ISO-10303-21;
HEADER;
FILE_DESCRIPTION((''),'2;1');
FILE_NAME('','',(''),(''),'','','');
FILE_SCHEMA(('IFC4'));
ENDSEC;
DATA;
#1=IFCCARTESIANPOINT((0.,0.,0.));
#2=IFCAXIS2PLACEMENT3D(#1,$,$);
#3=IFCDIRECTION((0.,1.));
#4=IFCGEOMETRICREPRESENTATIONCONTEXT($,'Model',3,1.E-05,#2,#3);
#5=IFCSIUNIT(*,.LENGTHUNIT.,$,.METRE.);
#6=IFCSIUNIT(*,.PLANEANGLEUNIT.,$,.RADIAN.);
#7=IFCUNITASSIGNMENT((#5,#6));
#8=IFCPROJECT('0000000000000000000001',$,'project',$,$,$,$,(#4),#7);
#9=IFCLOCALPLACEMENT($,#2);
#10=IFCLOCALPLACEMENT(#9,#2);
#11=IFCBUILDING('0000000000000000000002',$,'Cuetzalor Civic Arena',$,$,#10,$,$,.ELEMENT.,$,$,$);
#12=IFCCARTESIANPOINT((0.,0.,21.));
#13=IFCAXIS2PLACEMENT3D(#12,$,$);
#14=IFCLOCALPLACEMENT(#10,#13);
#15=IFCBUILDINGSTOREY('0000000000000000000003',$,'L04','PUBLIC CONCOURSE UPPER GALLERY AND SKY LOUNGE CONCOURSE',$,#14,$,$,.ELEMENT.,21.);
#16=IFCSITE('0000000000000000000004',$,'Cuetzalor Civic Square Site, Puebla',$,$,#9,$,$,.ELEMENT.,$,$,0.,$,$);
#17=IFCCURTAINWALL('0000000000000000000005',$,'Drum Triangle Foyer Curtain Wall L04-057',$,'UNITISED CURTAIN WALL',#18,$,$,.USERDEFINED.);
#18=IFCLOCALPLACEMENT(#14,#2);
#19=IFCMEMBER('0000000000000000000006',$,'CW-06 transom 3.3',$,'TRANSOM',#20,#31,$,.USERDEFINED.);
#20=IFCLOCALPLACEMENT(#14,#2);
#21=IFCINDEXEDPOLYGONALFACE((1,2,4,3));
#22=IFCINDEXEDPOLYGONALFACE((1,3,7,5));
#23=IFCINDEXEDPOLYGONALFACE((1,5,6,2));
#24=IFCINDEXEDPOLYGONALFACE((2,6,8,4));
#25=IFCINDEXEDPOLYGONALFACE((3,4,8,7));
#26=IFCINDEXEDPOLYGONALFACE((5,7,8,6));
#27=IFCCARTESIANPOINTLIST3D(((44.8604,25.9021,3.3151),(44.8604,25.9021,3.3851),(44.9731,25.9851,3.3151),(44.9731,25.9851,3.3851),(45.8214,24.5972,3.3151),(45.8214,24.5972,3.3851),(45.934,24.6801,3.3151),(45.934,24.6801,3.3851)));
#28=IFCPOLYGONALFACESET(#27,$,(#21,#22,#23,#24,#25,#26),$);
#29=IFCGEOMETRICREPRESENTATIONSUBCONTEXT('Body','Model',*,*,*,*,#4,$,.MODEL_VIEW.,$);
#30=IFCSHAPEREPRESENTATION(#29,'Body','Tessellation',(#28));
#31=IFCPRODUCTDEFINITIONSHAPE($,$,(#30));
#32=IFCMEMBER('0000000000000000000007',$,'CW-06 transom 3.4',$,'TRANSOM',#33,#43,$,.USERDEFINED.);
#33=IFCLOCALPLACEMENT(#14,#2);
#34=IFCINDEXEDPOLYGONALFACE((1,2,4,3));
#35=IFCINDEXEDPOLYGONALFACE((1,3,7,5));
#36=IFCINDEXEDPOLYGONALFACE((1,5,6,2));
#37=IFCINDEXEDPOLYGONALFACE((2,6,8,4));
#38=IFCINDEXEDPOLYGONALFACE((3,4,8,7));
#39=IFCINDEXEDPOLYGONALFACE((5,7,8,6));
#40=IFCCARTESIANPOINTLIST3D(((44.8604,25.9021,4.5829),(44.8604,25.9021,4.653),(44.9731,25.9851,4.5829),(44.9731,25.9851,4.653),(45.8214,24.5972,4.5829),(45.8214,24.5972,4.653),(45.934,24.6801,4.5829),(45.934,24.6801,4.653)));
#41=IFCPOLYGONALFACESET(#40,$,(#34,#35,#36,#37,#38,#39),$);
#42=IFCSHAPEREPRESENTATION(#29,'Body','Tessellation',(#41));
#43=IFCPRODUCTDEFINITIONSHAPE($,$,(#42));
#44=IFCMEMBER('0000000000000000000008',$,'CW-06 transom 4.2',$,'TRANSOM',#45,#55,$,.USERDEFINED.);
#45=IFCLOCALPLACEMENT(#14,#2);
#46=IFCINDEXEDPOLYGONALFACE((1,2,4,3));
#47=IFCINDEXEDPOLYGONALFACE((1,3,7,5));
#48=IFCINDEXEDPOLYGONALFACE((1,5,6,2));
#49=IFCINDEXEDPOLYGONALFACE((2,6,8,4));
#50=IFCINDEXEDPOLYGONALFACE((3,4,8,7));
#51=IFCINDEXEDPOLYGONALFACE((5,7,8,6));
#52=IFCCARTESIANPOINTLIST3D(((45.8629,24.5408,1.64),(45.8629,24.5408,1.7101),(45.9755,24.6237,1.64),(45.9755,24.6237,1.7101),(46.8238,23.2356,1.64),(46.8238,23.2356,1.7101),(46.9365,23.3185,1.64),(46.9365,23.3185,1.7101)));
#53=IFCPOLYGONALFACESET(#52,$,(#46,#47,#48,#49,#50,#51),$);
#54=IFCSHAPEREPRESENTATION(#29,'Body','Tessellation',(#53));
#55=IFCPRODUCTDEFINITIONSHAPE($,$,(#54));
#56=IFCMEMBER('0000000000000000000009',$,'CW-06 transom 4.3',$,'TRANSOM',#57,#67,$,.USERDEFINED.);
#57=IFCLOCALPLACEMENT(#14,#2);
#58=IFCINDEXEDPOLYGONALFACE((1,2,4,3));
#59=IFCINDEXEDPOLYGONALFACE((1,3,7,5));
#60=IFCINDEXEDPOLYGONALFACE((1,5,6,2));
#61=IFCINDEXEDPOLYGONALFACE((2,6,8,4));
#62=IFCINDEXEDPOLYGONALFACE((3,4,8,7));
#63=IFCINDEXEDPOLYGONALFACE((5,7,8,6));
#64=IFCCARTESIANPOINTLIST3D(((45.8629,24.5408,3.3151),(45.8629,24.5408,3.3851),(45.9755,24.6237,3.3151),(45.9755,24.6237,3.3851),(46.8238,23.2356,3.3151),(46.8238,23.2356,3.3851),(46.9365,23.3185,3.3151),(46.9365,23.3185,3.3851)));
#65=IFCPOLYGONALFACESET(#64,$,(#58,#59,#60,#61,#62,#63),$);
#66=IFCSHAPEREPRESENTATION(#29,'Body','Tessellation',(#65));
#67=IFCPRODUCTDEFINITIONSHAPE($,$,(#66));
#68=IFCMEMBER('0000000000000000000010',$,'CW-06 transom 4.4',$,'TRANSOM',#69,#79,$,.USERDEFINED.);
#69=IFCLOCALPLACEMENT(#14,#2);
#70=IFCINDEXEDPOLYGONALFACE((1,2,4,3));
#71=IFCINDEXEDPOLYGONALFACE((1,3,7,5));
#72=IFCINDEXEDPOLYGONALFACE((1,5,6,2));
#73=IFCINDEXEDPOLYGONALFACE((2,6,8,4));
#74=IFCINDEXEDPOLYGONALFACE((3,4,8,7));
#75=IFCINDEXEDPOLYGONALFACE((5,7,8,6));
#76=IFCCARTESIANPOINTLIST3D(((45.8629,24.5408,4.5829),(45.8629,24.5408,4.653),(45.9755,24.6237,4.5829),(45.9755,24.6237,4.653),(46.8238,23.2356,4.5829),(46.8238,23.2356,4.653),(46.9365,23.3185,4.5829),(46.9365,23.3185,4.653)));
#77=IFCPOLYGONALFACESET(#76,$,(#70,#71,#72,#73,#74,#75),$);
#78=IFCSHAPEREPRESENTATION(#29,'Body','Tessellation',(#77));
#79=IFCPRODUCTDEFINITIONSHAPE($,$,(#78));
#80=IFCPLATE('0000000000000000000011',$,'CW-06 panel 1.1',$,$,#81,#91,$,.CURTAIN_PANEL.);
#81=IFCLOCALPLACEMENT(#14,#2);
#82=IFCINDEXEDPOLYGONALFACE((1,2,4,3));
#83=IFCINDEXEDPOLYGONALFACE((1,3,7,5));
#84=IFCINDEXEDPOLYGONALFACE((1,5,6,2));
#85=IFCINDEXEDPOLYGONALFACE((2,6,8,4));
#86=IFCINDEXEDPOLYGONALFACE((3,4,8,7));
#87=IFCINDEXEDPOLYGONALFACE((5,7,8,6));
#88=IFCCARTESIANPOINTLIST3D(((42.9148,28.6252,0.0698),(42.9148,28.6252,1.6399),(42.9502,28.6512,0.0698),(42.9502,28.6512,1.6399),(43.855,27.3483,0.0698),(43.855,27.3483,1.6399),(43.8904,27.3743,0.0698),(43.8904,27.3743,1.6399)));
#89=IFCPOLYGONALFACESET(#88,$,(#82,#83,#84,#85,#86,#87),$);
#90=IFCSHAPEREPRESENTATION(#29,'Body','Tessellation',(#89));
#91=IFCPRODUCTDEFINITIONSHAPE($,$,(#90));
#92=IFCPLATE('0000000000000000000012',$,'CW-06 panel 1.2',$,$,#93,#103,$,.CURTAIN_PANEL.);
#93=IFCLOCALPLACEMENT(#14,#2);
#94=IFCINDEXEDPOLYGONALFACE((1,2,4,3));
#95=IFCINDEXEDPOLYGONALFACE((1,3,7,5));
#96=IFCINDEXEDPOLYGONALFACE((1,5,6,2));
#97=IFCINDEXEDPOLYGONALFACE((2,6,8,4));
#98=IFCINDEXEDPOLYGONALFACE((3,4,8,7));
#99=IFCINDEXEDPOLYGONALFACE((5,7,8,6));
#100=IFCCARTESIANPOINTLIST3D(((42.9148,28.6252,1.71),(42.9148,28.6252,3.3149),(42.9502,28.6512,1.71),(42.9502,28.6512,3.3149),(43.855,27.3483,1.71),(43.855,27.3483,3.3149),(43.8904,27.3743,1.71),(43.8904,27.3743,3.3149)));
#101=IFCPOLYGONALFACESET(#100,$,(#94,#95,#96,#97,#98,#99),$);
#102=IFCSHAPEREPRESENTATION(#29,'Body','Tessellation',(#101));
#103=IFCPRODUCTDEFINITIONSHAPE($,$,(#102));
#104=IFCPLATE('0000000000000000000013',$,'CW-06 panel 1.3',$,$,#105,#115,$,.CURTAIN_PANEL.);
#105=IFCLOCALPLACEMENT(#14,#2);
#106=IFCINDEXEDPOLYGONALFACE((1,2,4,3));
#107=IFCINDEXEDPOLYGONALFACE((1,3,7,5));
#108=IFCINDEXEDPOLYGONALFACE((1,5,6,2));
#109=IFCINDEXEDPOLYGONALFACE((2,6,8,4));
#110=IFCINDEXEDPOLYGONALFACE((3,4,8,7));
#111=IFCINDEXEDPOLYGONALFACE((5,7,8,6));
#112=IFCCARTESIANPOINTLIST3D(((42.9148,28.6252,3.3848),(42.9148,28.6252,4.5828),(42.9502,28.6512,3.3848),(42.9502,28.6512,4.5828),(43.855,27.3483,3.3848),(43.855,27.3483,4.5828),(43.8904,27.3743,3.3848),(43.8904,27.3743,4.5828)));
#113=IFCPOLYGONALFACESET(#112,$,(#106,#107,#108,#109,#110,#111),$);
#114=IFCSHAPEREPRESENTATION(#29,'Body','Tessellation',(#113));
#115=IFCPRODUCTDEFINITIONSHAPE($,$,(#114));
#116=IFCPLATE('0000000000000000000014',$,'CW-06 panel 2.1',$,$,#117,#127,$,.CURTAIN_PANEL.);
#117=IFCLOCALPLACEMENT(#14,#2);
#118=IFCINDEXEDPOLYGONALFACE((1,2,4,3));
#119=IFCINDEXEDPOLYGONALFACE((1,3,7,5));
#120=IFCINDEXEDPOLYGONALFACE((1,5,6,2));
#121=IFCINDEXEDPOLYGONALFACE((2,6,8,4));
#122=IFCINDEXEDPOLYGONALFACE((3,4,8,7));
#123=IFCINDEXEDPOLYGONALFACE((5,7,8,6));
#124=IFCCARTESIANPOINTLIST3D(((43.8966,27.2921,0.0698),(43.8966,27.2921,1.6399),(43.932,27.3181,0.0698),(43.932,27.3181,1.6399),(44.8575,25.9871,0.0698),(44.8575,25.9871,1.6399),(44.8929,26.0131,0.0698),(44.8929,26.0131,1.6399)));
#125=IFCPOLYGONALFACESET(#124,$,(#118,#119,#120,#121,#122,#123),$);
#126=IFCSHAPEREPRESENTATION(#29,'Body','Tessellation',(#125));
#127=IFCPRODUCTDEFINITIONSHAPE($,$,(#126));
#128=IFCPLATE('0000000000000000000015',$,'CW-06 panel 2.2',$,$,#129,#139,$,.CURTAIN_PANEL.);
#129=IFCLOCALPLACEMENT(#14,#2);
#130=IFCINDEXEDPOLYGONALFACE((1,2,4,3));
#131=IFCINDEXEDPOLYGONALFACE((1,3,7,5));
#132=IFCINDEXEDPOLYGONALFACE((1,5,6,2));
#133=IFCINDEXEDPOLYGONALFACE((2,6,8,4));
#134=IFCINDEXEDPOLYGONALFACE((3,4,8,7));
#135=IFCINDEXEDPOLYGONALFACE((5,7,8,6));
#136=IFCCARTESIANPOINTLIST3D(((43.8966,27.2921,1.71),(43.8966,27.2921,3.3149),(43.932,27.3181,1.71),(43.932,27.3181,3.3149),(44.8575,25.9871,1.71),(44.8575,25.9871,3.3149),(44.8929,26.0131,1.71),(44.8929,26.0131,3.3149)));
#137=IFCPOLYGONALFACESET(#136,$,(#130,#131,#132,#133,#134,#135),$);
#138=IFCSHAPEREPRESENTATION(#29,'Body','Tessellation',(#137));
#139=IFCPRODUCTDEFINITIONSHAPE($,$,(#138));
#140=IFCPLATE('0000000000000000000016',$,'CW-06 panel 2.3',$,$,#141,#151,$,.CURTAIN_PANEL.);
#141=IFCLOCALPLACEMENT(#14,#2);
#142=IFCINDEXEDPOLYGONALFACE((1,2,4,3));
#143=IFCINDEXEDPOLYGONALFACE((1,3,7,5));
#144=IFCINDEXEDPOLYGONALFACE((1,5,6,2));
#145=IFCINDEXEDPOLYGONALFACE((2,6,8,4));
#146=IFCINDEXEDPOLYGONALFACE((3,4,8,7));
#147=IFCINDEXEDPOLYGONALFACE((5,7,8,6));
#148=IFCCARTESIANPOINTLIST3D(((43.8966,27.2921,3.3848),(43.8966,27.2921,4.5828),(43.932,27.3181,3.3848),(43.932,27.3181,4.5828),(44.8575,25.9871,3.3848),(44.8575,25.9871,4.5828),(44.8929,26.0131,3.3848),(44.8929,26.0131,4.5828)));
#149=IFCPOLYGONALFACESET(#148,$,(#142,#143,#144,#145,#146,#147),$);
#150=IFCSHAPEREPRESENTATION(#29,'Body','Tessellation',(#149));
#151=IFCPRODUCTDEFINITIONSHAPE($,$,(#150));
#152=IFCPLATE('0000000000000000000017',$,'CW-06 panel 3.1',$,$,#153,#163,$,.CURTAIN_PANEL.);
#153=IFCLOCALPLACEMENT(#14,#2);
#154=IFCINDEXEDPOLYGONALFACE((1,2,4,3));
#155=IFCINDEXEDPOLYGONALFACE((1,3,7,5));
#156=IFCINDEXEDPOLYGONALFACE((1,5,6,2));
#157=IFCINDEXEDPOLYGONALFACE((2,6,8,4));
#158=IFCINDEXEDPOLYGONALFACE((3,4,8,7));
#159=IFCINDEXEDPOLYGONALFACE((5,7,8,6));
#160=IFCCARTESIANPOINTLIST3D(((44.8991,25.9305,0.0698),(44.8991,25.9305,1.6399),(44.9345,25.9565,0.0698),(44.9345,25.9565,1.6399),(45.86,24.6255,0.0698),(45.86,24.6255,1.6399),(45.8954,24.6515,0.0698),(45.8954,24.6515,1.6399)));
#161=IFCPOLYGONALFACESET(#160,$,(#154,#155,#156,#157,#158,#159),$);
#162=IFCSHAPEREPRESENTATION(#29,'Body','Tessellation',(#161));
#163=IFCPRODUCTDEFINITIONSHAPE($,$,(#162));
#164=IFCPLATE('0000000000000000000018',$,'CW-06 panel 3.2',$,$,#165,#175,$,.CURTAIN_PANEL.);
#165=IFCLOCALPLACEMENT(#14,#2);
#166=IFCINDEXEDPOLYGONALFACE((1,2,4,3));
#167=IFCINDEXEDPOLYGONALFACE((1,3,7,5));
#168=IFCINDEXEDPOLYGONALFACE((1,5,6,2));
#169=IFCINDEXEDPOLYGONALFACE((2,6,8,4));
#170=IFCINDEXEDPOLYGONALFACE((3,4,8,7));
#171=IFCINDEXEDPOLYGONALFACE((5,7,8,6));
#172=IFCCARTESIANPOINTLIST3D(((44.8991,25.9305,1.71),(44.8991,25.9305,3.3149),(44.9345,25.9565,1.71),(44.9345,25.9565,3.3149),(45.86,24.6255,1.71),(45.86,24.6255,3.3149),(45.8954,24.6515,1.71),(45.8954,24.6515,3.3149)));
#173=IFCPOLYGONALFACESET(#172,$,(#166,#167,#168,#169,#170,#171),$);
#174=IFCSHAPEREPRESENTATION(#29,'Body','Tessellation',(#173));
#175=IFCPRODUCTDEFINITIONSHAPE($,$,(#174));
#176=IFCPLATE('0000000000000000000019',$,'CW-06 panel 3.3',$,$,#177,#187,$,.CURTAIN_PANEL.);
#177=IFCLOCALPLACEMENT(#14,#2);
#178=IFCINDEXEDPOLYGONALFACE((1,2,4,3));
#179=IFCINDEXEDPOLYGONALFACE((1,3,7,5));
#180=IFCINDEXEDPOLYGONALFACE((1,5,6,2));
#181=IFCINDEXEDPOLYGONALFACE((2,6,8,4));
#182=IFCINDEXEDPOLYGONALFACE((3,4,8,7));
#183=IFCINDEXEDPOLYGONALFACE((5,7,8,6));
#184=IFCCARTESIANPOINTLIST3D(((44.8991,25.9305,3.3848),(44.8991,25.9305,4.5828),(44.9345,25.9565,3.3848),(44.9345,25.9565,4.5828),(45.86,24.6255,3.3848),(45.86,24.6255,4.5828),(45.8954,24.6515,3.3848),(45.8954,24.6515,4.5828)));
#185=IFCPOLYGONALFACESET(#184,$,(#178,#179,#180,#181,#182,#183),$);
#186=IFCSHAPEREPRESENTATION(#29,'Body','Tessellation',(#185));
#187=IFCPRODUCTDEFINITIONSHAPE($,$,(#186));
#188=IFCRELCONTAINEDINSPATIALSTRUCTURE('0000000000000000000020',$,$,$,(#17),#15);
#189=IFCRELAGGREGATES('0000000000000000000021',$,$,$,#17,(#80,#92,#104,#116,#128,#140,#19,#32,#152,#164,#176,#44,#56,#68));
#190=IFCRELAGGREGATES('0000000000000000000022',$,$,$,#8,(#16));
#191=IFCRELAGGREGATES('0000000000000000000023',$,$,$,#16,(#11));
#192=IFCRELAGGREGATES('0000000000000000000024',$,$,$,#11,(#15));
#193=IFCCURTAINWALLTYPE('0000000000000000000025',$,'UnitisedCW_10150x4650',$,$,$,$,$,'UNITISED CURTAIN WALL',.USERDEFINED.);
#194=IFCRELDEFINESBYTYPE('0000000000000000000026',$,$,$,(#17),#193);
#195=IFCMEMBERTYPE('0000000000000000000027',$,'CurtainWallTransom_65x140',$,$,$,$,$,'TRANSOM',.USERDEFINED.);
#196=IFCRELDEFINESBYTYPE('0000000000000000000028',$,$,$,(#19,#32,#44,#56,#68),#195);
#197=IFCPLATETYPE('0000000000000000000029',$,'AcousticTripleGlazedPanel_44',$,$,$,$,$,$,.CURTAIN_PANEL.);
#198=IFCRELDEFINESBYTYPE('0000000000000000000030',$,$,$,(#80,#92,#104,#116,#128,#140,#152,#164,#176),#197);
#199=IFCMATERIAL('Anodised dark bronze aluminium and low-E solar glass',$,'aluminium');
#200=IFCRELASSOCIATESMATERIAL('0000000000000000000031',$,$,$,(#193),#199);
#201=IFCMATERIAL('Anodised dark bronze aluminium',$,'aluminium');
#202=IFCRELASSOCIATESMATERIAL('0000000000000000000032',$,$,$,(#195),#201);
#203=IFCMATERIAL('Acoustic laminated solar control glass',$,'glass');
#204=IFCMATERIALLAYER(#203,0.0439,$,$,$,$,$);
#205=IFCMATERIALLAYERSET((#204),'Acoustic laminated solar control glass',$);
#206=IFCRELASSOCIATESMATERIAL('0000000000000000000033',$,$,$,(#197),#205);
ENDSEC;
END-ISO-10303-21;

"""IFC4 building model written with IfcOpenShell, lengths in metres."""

from ifc_helpers import new_model, si_unit, direction, frame, origin, origin_2d, place, context, subcontext, project, spatial, rectangle, extrude, material, layer, layer_set, material_profile, profile_set, type_object, element, aggregate, save


model = new_model("IFC4")

# Units and contexts
model_context = context("Model", 3, precision=1e-05, world=origin(), true_north=direction((0.0, 1.0)))
body_context = subcontext(model_context, "Body", "Model", "MODEL_VIEW")
ifc_project = project(units=[si_unit("LENGTHUNIT", "METRE"), si_unit("PLANEANGLEUNIT", "RADIAN")], contexts=[model_context])

# Site, building, storey
site_placement = place(None, origin())
site = spatial("IfcSite", under=ifc_project, at=site_placement, Name="Cuetzalor Civic Square Site, Puebla", CompositionType="ELEMENT", RefElevation=0.0)
building_placement = place(site_placement, origin())
building = spatial("IfcBuilding", under=site, at=building_placement, Name="Cuetzalor Civic Arena", CompositionType="ELEMENT")
storey_placement = place(building_placement, frame((0.0, 0.0, 21.0)))
storey = spatial("IfcBuildingStorey", under=building, at=storey_placement, Name="L04", Description="PUBLIC CONCOURSE UPPER GALLERY AND SKY LOUNGE CONCOURSE", CompositionType="ELEMENT", Elevation=21.0)

# Curtain wall, members, plates
ifc_material_1 = material(Name="Anodised dark bronze aluminium and low-E solar glass", Category="aluminium")
curtain_wall_type = type_object("IfcCurtainWallType", Name="UnitisedCW_10150x4650", ElementType="UNITISED CURTAIN WALL", PredefinedType="USERDEFINED", material=ifc_material_1)
curtain_wall_placement = place(storey_placement, origin())
curtain_wall = element("IfcCurtainWall", 1, at=curtain_wall_placement, inside=storey, type_object=curtain_wall_type, Name="Drum Triangle Foyer Curtain Wall L04-057", ObjectType="UNITISED CURTAIN WALL", PredefinedType="USERDEFINED")
ifc_material_2 = material(Name="Anodised dark bronze aluminium", Category="aluminium")
ifc_material_profile_1 = material_profile(ifc_material_2, rectangle(XDim=0.1399, YDim=0.0701, at=origin_2d()), Name="ALU TRANSOM 70x140")
ifc_profile_set_1 = profile_set([ifc_material_profile_1], Name="Anodised dark bronze aluminium")
member_type_1 = type_object("IfcMemberType", Name="CurtainWallTransom_65x140", ElementType="TRANSOM", PredefinedType="USERDEFINED", material=ifc_profile_set_1)
member_1_placement = place(storey_placement, frame((44.9167, 25.9436, 3.3501), z_axis=(0.592963, -0.80523, 0.0), x_axis=(0.80523, 0.592963, 0.0)))
member_1 = element("IfcMember", 2, at=member_1_placement, type_object=member_type_1, Name="CW-06 transom 3.3", ObjectType="TRANSOM", PredefinedType="USERDEFINED", context=body_context, shape_type="SweptSolid", body=[
    extrude(rectangle(XDim=0.1399, YDim=0.0701, at=origin_2d()), origin(), (0.0, 0.0, 1.0), 1.6206),
])
member_2_placement = place(storey_placement, frame((44.9167, 25.9436, 4.6179), z_axis=(0.592963, -0.80523, 0.0), x_axis=(0.80523, 0.592963, 0.0)))
member_2 = element("IfcMember", 3, at=member_2_placement, type_object=member_type_1, Name="CW-06 transom 3.4", ObjectType="TRANSOM", PredefinedType="USERDEFINED", context=body_context, shape_type="SweptSolid", body=[
    extrude(rectangle(XDim=0.1399, YDim=0.0701, at=origin_2d()), origin(), (0.0, 0.0, 1.0), 1.6206),
])
member_3_placement = place(storey_placement, frame((45.9192, 24.5823, 1.675), z_axis=(0.592891, -0.805283, 0.0), x_axis=(0.805283, 0.592891, 0.0)))
member_3 = element("IfcMember", 4, at=member_3_placement, type_object=member_type_1, Name="CW-06 transom 4.2", ObjectType="TRANSOM", PredefinedType="USERDEFINED", context=body_context, shape_type="SweptSolid", body=[
    extrude(rectangle(XDim=0.1399, YDim=0.0701, at=origin_2d()), origin(), (0.0, 0.0, 1.0), 1.6208),
])
member_4_placement = place(storey_placement, frame((45.9192, 24.5823, 3.3501), z_axis=(0.592891, -0.805283, 0.0), x_axis=(0.805283, 0.592891, 0.0)))
member_4 = element("IfcMember", 5, at=member_4_placement, type_object=member_type_1, Name="CW-06 transom 4.3", ObjectType="TRANSOM", PredefinedType="USERDEFINED", context=body_context, shape_type="SweptSolid", body=[
    extrude(rectangle(XDim=0.1399, YDim=0.0701, at=origin_2d()), origin(), (0.0, 0.0, 1.0), 1.6208),
])
member_5_placement = place(storey_placement, frame((45.9192, 24.5823, 4.6179), z_axis=(0.592891, -0.805283, 0.0), x_axis=(0.805283, 0.592891, 0.0)))
member_5 = element("IfcMember", 6, at=member_5_placement, type_object=member_type_1, Name="CW-06 transom 4.4", ObjectType="TRANSOM", PredefinedType="USERDEFINED", context=body_context, shape_type="SweptSolid", body=[
    extrude(rectangle(XDim=0.1399, YDim=0.0701, at=origin_2d()), origin(), (0.0, 0.0, 1.0), 1.6208),
])
ifc_material_3 = material(Name="Acoustic laminated solar control glass", Category="glass")
ifc_layer_1 = layer(ifc_material_3, 0.0439)
ifc_layer_set_1 = layer_set([ifc_layer_1], Name="Acoustic laminated solar control glass")
plate_type = type_object("IfcPlateType", Name="AcousticTripleGlazedPanel_44", PredefinedType="CURTAIN_PANEL", material=ifc_layer_set_1)
plate_1_placement = place(storey_placement, frame((43.4026, 27.9998, 0.0698), z_axis=(0.0, 0.0, 1.0), x_axis=(0.592929, -0.805255, 0.0)))
plate_1 = element("IfcPlate", 7, at=plate_1_placement, type_object=plate_type, Name="CW-06 panel 1.1", PredefinedType="CURTAIN_PANEL", context=body_context, shape_type="SweptSolid", body=[
    extrude(rectangle(XDim=1.5857, YDim=0.0439, at=origin_2d()), origin(), (0.0, 0.0, 1.0), 1.5701),
])
plate_2_placement = place(storey_placement, frame((43.4026, 27.9998, 1.71), z_axis=(0.0, 0.0, 1.0), x_axis=(0.592929, -0.805255, 0.0)))
plate_2 = element("IfcPlate", 8, at=plate_2_placement, type_object=plate_type, Name="CW-06 panel 1.2", PredefinedType="CURTAIN_PANEL", context=body_context, shape_type="SweptSolid", body=[
    extrude(rectangle(XDim=1.5857, YDim=0.0439, at=origin_2d()), origin(), (0.0, 0.0, 1.0), 1.605),
])
plate_3_placement = place(storey_placement, frame((43.4026, 27.9998, 3.3848), z_axis=(0.0, 0.0, 1.0), x_axis=(0.592929, -0.805255, 0.0)))
plate_3 = element("IfcPlate", 9, at=plate_3_placement, type_object=plate_type, Name="CW-06 panel 1.3", PredefinedType="CURTAIN_PANEL", context=body_context, shape_type="SweptSolid", body=[
    extrude(rectangle(XDim=1.5857, YDim=0.0439, at=origin_2d()), origin(), (0.0, 0.0, 1.0), 1.198),
])
plate_4_placement = place(storey_placement, frame((44.3948, 26.6526, 0.0698), z_axis=(0.0, 0.0, 1.0), x_axis=(0.592929, -0.805255, 0.0)))
plate_4 = element("IfcPlate", 10, at=plate_4_placement, type_object=plate_type, Name="CW-06 panel 2.1", PredefinedType="CURTAIN_PANEL", context=body_context, shape_type="SweptSolid", body=[
    extrude(rectangle(XDim=1.6206, YDim=0.0439, at=origin_2d()), origin(), (0.0, 0.0, 1.0), 1.5701),
])
plate_5_placement = place(storey_placement, frame((44.3948, 26.6526, 1.71), z_axis=(0.0, 0.0, 1.0), x_axis=(0.592929, -0.805255, 0.0)))
plate_5 = element("IfcPlate", 11, at=plate_5_placement, type_object=plate_type, Name="CW-06 panel 2.2", PredefinedType="CURTAIN_PANEL", context=body_context, shape_type="SweptSolid", body=[
    extrude(rectangle(XDim=1.6206, YDim=0.0439, at=origin_2d()), origin(), (0.0, 0.0, 1.0), 1.605),
])
plate_6_placement = place(storey_placement, frame((44.3948, 26.6526, 3.3848), z_axis=(0.0, 0.0, 1.0), x_axis=(0.592929, -0.805255, 0.0)))
plate_6 = element("IfcPlate", 12, at=plate_6_placement, type_object=plate_type, Name="CW-06 panel 2.3", PredefinedType="CURTAIN_PANEL", context=body_context, shape_type="SweptSolid", body=[
    extrude(rectangle(XDim=1.6206, YDim=0.0439, at=origin_2d()), origin(), (0.0, 0.0, 1.0), 1.198),
])
plate_7_placement = place(storey_placement, frame((45.3972, 25.291, 0.0698), z_axis=(0.0, 0.0, 1.0), x_axis=(0.592929, -0.805255, 0.0)))
plate_7 = element("IfcPlate", 13, at=plate_7_placement, type_object=plate_type, Name="CW-06 panel 3.1", PredefinedType="CURTAIN_PANEL", context=body_context, shape_type="SweptSolid", body=[
    extrude(rectangle(XDim=1.6206, YDim=0.0439, at=origin_2d()), origin(), (0.0, 0.0, 1.0), 1.5701),
])
plate_8_placement = place(storey_placement, frame((45.3972, 25.291, 1.71), z_axis=(0.0, 0.0, 1.0), x_axis=(0.592929, -0.805255, 0.0)))
plate_8 = element("IfcPlate", 14, at=plate_8_placement, type_object=plate_type, Name="CW-06 panel 3.2", PredefinedType="CURTAIN_PANEL", context=body_context, shape_type="SweptSolid", body=[
    extrude(rectangle(XDim=1.6206, YDim=0.0439, at=origin_2d()), origin(), (0.0, 0.0, 1.0), 1.605),
])
plate_9_placement = place(storey_placement, frame((45.3972, 25.291, 3.3848), z_axis=(0.0, 0.0, 1.0), x_axis=(0.592929, -0.805255, 0.0)))
plate_9 = element("IfcPlate", 15, at=plate_9_placement, type_object=plate_type, Name="CW-06 panel 3.3", PredefinedType="CURTAIN_PANEL", context=body_context, shape_type="SweptSolid", body=[
    extrude(rectangle(XDim=1.6206, YDim=0.0439, at=origin_2d()), origin(), (0.0, 0.0, 1.0), 1.198),
])
aggregate(curtain_wall, [plate_1, plate_2, plate_3, plate_4, plate_5, plate_6, member_1, member_2, plate_7, plate_8, plate_9, member_3, member_4, member_5])

save(model, "model.ifc")
